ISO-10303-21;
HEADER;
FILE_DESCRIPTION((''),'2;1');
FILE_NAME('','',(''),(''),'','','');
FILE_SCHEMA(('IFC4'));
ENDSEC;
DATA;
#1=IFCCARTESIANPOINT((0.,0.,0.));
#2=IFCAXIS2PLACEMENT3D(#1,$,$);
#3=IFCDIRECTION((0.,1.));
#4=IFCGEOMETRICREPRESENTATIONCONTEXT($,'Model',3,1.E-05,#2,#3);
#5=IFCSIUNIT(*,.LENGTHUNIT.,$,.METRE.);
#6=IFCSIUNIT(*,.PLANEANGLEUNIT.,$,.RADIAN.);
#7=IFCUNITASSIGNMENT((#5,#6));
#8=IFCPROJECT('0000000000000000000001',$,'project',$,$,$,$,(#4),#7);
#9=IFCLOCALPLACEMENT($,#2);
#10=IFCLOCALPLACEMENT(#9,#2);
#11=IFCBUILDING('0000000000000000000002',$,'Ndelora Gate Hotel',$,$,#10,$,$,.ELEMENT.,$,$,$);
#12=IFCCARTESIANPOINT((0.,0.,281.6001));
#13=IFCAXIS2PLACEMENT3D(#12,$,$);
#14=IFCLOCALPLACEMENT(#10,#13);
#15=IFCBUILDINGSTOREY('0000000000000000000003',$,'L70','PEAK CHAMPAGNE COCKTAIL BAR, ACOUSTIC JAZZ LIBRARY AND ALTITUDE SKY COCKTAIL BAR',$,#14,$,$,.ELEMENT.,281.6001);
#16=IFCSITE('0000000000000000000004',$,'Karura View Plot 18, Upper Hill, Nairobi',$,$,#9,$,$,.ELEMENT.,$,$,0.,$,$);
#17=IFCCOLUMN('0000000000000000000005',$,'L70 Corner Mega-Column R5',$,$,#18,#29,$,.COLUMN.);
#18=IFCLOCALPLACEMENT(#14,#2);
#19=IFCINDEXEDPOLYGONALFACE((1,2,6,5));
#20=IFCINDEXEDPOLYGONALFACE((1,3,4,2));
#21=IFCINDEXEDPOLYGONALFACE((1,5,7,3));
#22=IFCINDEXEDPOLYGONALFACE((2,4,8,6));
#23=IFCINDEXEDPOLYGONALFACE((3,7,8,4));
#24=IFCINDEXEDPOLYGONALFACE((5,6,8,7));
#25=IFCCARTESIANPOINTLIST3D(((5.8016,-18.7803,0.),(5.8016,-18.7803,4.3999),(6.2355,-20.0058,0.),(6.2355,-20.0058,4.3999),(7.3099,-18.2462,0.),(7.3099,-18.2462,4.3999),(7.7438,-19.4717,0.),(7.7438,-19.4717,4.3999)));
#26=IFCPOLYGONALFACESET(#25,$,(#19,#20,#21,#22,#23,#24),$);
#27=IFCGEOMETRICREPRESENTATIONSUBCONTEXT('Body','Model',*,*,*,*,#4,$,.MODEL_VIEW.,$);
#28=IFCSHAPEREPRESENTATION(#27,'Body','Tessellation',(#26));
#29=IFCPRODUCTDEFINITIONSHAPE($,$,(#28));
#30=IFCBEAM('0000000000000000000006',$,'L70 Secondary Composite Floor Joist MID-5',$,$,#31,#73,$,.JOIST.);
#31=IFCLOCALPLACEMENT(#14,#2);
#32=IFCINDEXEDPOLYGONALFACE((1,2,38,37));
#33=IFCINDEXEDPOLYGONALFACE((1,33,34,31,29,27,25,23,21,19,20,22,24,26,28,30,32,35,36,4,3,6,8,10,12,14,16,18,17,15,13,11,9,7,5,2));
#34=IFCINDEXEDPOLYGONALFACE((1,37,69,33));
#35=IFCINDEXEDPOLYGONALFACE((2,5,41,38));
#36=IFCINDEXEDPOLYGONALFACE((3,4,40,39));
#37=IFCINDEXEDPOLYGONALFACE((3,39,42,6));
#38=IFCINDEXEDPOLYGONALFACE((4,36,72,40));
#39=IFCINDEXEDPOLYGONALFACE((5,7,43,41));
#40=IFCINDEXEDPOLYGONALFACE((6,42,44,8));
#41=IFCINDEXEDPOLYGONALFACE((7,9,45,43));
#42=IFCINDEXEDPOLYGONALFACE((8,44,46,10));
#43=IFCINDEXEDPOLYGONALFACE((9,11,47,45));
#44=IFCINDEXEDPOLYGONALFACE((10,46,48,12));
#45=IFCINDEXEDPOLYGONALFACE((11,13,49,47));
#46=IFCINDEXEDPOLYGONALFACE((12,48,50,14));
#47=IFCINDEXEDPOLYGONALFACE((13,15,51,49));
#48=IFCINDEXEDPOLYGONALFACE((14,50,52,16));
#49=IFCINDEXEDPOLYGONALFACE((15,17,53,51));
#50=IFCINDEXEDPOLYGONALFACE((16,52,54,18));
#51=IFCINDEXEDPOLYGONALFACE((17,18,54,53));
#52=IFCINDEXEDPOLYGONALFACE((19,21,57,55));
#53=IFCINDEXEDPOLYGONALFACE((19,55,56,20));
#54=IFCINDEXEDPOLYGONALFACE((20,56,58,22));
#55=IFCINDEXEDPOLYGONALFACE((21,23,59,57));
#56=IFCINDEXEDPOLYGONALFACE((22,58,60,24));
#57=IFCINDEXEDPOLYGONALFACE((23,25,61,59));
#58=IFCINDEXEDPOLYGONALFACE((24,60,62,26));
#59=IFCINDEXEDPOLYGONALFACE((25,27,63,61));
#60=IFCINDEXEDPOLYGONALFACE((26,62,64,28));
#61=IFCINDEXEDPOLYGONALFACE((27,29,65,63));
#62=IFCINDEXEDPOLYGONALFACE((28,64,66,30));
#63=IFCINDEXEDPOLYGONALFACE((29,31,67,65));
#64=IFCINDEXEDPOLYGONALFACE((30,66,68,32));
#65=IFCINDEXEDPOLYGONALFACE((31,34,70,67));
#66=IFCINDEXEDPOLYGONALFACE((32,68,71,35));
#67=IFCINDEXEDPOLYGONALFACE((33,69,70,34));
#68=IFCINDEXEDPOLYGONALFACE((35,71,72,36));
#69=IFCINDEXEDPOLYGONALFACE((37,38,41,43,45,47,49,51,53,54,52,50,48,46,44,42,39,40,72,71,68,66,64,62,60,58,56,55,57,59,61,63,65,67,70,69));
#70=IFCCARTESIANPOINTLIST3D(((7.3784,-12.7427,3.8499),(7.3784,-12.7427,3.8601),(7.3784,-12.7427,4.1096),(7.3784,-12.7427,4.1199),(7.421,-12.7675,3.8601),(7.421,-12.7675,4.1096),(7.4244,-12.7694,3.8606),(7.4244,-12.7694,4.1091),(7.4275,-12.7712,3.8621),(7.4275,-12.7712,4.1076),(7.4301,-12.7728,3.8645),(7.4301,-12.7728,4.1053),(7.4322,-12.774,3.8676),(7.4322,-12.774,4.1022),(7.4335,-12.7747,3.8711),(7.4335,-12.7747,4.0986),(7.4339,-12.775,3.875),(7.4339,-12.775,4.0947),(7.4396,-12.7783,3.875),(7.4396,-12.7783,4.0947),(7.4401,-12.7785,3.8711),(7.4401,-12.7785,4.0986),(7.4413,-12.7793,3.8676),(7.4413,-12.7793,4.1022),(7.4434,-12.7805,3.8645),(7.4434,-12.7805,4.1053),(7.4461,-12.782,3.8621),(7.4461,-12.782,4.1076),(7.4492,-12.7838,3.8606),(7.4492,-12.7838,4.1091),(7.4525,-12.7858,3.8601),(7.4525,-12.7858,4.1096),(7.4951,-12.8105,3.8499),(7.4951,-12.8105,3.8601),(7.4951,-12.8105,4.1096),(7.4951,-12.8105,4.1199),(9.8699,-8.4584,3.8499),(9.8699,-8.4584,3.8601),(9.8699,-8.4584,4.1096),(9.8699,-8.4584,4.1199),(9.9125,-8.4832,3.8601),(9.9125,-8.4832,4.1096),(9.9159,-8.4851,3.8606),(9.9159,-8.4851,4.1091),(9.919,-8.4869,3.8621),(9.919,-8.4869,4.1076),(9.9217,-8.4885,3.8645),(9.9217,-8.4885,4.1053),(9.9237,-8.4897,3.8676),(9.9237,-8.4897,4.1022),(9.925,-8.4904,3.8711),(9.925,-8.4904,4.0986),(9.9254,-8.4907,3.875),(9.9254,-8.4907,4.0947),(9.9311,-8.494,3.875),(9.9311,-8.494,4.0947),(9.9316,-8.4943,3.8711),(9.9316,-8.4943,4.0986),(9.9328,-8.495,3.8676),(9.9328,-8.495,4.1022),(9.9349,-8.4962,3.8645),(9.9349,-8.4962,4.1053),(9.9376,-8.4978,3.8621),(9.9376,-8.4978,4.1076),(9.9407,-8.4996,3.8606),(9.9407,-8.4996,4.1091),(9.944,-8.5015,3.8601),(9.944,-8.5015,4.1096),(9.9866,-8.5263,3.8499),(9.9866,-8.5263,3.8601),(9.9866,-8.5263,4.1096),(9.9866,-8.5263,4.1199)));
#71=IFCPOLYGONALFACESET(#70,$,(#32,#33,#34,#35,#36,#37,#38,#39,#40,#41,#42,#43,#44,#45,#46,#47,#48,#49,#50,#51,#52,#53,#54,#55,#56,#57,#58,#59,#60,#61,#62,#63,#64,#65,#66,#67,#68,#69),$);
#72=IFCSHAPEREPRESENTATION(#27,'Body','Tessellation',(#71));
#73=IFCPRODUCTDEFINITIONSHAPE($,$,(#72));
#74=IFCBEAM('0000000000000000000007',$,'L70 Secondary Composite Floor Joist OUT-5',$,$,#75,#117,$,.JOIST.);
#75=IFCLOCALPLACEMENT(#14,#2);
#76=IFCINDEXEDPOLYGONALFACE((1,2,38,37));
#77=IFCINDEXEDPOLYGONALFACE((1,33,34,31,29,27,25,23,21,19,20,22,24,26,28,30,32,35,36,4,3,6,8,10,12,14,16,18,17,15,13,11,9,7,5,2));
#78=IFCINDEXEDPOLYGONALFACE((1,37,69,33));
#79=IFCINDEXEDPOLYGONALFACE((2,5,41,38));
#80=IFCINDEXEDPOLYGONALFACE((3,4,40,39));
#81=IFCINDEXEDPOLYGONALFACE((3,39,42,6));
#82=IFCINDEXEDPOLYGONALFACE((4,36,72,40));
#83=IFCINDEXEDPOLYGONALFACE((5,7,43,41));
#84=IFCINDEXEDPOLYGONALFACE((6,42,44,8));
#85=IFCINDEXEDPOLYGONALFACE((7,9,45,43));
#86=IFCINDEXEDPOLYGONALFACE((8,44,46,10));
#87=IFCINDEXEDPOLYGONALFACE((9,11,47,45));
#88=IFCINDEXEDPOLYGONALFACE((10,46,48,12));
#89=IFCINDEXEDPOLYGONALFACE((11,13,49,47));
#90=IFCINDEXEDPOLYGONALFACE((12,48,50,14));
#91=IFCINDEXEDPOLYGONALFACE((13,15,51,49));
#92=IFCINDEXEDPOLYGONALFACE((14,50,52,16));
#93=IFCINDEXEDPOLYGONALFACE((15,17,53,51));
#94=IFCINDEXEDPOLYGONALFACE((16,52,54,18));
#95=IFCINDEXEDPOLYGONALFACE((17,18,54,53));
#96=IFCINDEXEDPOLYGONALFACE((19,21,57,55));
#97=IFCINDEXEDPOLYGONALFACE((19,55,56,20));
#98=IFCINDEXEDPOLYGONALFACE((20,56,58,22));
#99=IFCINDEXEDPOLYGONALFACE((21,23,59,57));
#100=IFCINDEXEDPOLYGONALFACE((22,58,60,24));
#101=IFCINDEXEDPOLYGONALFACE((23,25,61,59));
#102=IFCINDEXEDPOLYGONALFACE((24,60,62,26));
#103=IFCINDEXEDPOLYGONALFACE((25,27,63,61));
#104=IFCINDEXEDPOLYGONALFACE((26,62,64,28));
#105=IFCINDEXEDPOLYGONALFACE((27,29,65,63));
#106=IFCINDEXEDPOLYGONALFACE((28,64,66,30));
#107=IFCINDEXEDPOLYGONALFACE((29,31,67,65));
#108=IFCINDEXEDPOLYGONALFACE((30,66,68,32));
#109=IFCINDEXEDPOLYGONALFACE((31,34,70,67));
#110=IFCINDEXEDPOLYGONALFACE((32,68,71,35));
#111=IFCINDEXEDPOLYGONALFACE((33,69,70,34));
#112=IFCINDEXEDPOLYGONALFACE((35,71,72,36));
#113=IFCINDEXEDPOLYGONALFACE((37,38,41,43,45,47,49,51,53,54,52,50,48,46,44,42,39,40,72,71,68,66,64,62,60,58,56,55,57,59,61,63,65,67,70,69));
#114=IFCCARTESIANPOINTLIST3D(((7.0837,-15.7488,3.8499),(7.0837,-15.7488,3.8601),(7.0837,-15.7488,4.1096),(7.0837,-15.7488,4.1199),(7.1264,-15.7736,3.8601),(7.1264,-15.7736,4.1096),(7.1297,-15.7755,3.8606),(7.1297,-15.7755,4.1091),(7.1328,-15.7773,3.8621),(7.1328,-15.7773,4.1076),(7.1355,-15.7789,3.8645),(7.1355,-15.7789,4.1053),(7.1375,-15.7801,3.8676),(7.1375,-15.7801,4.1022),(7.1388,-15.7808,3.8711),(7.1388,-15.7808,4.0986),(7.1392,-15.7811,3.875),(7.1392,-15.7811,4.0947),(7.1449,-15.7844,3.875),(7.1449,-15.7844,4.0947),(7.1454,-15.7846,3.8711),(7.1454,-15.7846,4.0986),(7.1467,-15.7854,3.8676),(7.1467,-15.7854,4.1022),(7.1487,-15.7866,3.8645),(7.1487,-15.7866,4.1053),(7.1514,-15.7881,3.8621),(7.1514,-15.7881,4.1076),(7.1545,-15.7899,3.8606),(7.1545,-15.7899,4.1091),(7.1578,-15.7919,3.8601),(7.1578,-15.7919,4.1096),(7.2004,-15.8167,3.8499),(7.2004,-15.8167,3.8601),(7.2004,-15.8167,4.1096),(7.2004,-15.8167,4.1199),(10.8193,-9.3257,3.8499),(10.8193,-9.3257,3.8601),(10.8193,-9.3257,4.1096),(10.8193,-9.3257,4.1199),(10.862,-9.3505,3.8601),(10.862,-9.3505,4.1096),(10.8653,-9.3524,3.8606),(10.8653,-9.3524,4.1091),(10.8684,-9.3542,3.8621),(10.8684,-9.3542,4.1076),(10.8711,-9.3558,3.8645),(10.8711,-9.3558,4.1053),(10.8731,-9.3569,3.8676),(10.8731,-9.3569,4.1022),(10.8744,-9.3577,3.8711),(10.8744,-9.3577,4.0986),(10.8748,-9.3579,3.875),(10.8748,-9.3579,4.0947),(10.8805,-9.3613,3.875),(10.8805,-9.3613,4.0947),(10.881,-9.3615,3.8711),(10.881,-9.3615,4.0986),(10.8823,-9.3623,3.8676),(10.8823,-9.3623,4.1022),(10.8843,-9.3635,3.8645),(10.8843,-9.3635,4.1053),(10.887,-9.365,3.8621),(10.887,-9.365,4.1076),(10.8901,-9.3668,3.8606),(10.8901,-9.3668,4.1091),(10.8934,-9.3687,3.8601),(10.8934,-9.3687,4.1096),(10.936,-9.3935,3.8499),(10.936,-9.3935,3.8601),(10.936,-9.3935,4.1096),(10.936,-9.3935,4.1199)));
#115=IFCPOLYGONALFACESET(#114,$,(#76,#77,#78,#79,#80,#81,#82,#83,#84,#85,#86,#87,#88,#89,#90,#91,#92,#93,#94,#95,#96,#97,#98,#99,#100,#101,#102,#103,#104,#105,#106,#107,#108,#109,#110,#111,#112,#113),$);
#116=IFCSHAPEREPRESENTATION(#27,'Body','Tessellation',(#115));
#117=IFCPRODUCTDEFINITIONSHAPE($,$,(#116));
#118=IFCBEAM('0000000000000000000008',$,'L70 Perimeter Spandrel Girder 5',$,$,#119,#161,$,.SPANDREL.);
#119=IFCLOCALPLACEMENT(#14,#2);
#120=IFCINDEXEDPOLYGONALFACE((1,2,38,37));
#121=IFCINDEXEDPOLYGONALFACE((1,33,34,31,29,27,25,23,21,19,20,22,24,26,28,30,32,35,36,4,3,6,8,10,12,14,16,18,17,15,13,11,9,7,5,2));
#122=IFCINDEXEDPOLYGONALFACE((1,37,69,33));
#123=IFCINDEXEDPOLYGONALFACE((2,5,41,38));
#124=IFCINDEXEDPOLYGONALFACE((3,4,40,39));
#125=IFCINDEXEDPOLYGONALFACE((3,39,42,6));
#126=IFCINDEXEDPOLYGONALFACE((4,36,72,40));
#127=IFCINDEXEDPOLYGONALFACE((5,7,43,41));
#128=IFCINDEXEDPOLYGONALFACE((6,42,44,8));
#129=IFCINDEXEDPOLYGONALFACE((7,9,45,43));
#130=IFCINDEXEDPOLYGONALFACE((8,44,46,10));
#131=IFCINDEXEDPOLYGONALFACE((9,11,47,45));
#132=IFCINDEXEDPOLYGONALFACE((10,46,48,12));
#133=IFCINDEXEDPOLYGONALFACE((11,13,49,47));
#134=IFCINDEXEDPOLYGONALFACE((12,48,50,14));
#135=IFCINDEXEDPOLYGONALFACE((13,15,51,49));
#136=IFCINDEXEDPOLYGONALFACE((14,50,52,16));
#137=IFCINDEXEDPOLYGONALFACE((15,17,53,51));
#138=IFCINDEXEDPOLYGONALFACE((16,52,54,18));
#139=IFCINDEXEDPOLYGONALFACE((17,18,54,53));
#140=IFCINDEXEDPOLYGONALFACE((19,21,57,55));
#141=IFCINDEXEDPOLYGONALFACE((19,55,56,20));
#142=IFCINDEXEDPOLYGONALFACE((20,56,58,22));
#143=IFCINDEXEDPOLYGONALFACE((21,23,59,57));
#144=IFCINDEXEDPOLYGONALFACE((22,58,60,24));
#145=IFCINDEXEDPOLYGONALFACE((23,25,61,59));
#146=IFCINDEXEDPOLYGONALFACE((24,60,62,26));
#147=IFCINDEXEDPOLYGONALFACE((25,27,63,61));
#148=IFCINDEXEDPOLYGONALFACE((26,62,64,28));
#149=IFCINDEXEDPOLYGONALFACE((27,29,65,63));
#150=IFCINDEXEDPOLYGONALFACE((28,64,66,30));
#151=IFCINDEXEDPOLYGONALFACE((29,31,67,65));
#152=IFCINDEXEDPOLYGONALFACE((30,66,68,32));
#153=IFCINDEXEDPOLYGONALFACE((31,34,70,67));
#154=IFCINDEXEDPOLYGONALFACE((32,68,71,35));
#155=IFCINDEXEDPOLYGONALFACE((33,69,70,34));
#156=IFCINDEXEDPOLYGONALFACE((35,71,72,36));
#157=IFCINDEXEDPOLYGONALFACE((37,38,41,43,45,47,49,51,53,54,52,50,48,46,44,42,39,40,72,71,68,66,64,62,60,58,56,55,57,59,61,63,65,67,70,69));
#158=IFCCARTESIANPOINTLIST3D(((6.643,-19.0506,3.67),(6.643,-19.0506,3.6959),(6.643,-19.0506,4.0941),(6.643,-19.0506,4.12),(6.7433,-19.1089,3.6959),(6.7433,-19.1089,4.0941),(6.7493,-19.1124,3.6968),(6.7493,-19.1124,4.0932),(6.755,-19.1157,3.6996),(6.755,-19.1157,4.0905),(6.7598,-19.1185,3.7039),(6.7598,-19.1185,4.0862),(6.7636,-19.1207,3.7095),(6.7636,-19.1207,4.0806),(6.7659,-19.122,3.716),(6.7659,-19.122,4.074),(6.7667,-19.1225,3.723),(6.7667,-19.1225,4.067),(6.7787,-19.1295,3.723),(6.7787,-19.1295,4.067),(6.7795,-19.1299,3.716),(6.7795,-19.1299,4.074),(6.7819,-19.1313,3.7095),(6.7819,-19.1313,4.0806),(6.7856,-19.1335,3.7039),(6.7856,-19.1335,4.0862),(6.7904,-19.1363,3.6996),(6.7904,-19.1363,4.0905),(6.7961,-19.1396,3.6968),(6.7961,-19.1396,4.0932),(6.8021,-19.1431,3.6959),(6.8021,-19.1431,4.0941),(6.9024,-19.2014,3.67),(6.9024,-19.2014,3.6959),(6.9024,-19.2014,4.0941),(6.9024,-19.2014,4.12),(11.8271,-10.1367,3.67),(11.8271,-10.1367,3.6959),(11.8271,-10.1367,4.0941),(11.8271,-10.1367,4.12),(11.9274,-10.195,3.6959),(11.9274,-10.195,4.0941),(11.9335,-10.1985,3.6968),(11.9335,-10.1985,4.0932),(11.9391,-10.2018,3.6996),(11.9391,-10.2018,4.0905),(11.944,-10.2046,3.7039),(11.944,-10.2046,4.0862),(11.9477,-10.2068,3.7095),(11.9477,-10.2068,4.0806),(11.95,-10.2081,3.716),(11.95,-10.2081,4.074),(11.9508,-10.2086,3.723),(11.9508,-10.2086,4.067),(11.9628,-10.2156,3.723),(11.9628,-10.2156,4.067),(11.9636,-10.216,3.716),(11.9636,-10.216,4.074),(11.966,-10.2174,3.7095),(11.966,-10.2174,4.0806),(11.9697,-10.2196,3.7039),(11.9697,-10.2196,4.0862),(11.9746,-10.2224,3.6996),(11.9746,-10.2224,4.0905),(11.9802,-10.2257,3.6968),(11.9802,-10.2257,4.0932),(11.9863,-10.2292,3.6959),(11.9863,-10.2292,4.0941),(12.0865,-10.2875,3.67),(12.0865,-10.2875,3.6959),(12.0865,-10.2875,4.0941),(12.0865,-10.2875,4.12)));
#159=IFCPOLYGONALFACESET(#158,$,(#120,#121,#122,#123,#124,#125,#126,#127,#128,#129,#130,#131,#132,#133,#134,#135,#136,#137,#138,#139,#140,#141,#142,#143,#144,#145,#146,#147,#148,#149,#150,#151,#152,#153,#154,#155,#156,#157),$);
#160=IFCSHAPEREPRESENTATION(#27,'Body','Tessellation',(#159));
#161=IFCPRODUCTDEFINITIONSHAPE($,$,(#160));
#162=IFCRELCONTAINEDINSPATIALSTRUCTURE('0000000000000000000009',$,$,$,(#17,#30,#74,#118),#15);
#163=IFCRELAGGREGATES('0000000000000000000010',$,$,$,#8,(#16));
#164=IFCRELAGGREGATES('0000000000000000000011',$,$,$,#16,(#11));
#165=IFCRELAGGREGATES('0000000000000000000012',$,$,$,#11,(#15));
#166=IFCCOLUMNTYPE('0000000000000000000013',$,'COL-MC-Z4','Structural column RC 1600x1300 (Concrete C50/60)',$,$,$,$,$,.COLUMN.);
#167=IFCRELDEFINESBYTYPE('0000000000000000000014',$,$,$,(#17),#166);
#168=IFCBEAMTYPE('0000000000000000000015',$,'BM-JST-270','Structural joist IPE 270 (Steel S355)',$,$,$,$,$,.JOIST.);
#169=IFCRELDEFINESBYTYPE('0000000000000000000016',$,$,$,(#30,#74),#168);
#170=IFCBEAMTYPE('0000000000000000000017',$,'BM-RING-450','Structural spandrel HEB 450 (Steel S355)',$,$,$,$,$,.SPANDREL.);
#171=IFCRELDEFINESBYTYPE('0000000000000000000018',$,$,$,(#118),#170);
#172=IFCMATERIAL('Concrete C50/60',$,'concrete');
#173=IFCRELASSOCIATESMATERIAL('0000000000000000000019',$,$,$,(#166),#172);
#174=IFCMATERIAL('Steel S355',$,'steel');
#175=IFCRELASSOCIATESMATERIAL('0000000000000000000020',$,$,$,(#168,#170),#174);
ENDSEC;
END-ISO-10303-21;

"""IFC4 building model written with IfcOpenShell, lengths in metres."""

from ifc_helpers import new_model, si_unit, direction, frame, origin, origin_2d, place, context, subcontext, project, spatial, rectangle, i_section, extrude, material, material_profile, profile_set, type_object, element, save


model = new_model("IFC4")

# Units and contexts
model_context = context("Model", 3, precision=1e-05, world=origin(), true_north=direction((0.0, 1.0)))
body_context = subcontext(model_context, "Body", "Model", "MODEL_VIEW")
ifc_project = project(units=[si_unit("LENGTHUNIT", "METRE"), si_unit("PLANEANGLEUNIT", "RADIAN")], contexts=[model_context])

# Site, building, storey
site_placement = place(None, origin())
site = spatial("IfcSite", under=ifc_project, at=site_placement, Name="Karura View Plot 18, Upper Hill, Nairobi", CompositionType="ELEMENT", RefElevation=0.0)
building_placement = place(site_placement, origin())
building = spatial("IfcBuilding", under=site, at=building_placement, Name="Ndelora Gate Hotel", CompositionType="ELEMENT")
storey_placement = place(building_placement, frame((0.0, 0.0, 281.6001)))
storey = spatial("IfcBuildingStorey", under=building, at=storey_placement, Name="L70", Description="PEAK CHAMPAGNE COCKTAIL BAR, ACOUSTIC JAZZ LIBRARY AND ALTITUDE SKY COCKTAIL BAR", CompositionType="ELEMENT", Elevation=281.6001)

# Column
ifc_material_1 = material(Name="Concrete C50/60", Category="concrete")
ifc_material_profile_1 = material_profile(ifc_material_1, rectangle(XDim=1.3, YDim=1.6001, at=origin_2d()), Name="RC 1600x1300")
ifc_profile_set_1 = profile_set([ifc_material_profile_1], Name="Concrete C50/60")
column_type = type_object("IfcColumnType", Name="COL-MC-Z4", Description="Structural column RC 1600x1300 (Concrete C50/60)", PredefinedType="COLUMN", material=ifc_profile_set_1)
column_placement = place(storey_placement, frame((6.7727, -19.126, 0.0), z_axis=(0.0, 0.0, 1.0), x_axis=(-0.333807, 0.942641, 0.0)))
element("IfcColumn", 1, at=column_placement, inside=storey, type_object=column_type, Name="L70 Corner Mega-Column R5", PredefinedType="COLUMN", context=body_context, shape_type="SweptSolid", body=[
    extrude(rectangle(XDim=1.3, YDim=1.6001, at=origin_2d()), origin(), (0.0, 0.0, 1.0), 4.3999),
])

# Beams
ifc_material_2 = material(Name="Steel S355", Category="steel")
ifc_material_profile_2 = material_profile(ifc_material_2, i_section(OverallWidth=0.135, OverallDepth=0.27, WebThickness=0.0066, FlangeThickness=0.0103, FilletRadius=0.0149, at=origin_2d()), Name="IPE 270")
ifc_profile_set_2 = profile_set([ifc_material_profile_2], Name="Steel S355")
beam_type_1 = type_object("IfcBeamType", Name="BM-JST-270", Description="Structural joist IPE 270 (Steel S355)", PredefinedType="JOIST", material=ifc_profile_set_2)
beam_1_placement = place(storey_placement, frame((7.4368, -12.7766, 3.9849), z_axis=(0.502719, 0.86445, 0.0), x_axis=(-0.86445, 0.502719, 0.0)))
element("IfcBeam", 2, at=beam_1_placement, inside=storey, type_object=beam_type_1, Name="L70 Secondary Composite Floor Joist MID-5", PredefinedType="JOIST", context=body_context, shape_type="SweptSolid", body=[
    extrude(i_section(OverallWidth=0.135, OverallDepth=0.27, WebThickness=0.0066, FlangeThickness=0.0103, FilletRadius=0.0149, at=origin_2d()), origin(), (0.0, 0.0, 1.0), 4.9561),
])
beam_2_placement = place(storey_placement, frame((7.1421, -15.7827, 3.9849), z_axis=(0.502745, 0.864435, 0.0), x_axis=(-0.864435, 0.502745, 0.0)))
element("IfcBeam", 3, at=beam_2_placement, inside=storey, type_object=beam_type_1, Name="L70 Secondary Composite Floor Joist OUT-5", PredefinedType="JOIST", context=body_context, shape_type="SweptSolid", body=[
    extrude(i_section(OverallWidth=0.135, OverallDepth=0.27, WebThickness=0.0066, FlangeThickness=0.0103, FilletRadius=0.0149, at=origin_2d()), origin(), (0.0, 0.0, 1.0), 7.4304),
])
ifc_material_profile_3 = material_profile(ifc_material_2, i_section(OverallWidth=0.3, OverallDepth=0.45, WebThickness=0.0139, FlangeThickness=0.0259, FilletRadius=0.0271, at=origin_2d()), Name="HEB 450")
ifc_profile_set_3 = profile_set([ifc_material_profile_3], Name="Steel S355")
beam_type_2 = type_object("IfcBeamType", Name="BM-RING-450", Description="Structural spandrel HEB 450 (Steel S355)", PredefinedType="SPANDREL", material=ifc_profile_set_3)
beam_3_placement = place(storey_placement, frame((6.7727, -19.126, 3.895), z_axis=(0.502739, 0.864439, 0.0), x_axis=(-0.864439, 0.502739, 0.0)))
element("IfcBeam", 4, at=beam_3_placement, inside=storey, type_object=beam_type_2, Name="L70 Perimeter Spandrel Girder 5", PredefinedType="SPANDREL", context=body_context, shape_type="SweptSolid", body=[
    extrude(i_section(OverallWidth=0.3, OverallDepth=0.45, WebThickness=0.0139, FlangeThickness=0.0259, FilletRadius=0.0271, at=origin_2d()), origin(), (0.0, 0.0, 1.0), 10.3118),
])

save(model, "model.ifc")
